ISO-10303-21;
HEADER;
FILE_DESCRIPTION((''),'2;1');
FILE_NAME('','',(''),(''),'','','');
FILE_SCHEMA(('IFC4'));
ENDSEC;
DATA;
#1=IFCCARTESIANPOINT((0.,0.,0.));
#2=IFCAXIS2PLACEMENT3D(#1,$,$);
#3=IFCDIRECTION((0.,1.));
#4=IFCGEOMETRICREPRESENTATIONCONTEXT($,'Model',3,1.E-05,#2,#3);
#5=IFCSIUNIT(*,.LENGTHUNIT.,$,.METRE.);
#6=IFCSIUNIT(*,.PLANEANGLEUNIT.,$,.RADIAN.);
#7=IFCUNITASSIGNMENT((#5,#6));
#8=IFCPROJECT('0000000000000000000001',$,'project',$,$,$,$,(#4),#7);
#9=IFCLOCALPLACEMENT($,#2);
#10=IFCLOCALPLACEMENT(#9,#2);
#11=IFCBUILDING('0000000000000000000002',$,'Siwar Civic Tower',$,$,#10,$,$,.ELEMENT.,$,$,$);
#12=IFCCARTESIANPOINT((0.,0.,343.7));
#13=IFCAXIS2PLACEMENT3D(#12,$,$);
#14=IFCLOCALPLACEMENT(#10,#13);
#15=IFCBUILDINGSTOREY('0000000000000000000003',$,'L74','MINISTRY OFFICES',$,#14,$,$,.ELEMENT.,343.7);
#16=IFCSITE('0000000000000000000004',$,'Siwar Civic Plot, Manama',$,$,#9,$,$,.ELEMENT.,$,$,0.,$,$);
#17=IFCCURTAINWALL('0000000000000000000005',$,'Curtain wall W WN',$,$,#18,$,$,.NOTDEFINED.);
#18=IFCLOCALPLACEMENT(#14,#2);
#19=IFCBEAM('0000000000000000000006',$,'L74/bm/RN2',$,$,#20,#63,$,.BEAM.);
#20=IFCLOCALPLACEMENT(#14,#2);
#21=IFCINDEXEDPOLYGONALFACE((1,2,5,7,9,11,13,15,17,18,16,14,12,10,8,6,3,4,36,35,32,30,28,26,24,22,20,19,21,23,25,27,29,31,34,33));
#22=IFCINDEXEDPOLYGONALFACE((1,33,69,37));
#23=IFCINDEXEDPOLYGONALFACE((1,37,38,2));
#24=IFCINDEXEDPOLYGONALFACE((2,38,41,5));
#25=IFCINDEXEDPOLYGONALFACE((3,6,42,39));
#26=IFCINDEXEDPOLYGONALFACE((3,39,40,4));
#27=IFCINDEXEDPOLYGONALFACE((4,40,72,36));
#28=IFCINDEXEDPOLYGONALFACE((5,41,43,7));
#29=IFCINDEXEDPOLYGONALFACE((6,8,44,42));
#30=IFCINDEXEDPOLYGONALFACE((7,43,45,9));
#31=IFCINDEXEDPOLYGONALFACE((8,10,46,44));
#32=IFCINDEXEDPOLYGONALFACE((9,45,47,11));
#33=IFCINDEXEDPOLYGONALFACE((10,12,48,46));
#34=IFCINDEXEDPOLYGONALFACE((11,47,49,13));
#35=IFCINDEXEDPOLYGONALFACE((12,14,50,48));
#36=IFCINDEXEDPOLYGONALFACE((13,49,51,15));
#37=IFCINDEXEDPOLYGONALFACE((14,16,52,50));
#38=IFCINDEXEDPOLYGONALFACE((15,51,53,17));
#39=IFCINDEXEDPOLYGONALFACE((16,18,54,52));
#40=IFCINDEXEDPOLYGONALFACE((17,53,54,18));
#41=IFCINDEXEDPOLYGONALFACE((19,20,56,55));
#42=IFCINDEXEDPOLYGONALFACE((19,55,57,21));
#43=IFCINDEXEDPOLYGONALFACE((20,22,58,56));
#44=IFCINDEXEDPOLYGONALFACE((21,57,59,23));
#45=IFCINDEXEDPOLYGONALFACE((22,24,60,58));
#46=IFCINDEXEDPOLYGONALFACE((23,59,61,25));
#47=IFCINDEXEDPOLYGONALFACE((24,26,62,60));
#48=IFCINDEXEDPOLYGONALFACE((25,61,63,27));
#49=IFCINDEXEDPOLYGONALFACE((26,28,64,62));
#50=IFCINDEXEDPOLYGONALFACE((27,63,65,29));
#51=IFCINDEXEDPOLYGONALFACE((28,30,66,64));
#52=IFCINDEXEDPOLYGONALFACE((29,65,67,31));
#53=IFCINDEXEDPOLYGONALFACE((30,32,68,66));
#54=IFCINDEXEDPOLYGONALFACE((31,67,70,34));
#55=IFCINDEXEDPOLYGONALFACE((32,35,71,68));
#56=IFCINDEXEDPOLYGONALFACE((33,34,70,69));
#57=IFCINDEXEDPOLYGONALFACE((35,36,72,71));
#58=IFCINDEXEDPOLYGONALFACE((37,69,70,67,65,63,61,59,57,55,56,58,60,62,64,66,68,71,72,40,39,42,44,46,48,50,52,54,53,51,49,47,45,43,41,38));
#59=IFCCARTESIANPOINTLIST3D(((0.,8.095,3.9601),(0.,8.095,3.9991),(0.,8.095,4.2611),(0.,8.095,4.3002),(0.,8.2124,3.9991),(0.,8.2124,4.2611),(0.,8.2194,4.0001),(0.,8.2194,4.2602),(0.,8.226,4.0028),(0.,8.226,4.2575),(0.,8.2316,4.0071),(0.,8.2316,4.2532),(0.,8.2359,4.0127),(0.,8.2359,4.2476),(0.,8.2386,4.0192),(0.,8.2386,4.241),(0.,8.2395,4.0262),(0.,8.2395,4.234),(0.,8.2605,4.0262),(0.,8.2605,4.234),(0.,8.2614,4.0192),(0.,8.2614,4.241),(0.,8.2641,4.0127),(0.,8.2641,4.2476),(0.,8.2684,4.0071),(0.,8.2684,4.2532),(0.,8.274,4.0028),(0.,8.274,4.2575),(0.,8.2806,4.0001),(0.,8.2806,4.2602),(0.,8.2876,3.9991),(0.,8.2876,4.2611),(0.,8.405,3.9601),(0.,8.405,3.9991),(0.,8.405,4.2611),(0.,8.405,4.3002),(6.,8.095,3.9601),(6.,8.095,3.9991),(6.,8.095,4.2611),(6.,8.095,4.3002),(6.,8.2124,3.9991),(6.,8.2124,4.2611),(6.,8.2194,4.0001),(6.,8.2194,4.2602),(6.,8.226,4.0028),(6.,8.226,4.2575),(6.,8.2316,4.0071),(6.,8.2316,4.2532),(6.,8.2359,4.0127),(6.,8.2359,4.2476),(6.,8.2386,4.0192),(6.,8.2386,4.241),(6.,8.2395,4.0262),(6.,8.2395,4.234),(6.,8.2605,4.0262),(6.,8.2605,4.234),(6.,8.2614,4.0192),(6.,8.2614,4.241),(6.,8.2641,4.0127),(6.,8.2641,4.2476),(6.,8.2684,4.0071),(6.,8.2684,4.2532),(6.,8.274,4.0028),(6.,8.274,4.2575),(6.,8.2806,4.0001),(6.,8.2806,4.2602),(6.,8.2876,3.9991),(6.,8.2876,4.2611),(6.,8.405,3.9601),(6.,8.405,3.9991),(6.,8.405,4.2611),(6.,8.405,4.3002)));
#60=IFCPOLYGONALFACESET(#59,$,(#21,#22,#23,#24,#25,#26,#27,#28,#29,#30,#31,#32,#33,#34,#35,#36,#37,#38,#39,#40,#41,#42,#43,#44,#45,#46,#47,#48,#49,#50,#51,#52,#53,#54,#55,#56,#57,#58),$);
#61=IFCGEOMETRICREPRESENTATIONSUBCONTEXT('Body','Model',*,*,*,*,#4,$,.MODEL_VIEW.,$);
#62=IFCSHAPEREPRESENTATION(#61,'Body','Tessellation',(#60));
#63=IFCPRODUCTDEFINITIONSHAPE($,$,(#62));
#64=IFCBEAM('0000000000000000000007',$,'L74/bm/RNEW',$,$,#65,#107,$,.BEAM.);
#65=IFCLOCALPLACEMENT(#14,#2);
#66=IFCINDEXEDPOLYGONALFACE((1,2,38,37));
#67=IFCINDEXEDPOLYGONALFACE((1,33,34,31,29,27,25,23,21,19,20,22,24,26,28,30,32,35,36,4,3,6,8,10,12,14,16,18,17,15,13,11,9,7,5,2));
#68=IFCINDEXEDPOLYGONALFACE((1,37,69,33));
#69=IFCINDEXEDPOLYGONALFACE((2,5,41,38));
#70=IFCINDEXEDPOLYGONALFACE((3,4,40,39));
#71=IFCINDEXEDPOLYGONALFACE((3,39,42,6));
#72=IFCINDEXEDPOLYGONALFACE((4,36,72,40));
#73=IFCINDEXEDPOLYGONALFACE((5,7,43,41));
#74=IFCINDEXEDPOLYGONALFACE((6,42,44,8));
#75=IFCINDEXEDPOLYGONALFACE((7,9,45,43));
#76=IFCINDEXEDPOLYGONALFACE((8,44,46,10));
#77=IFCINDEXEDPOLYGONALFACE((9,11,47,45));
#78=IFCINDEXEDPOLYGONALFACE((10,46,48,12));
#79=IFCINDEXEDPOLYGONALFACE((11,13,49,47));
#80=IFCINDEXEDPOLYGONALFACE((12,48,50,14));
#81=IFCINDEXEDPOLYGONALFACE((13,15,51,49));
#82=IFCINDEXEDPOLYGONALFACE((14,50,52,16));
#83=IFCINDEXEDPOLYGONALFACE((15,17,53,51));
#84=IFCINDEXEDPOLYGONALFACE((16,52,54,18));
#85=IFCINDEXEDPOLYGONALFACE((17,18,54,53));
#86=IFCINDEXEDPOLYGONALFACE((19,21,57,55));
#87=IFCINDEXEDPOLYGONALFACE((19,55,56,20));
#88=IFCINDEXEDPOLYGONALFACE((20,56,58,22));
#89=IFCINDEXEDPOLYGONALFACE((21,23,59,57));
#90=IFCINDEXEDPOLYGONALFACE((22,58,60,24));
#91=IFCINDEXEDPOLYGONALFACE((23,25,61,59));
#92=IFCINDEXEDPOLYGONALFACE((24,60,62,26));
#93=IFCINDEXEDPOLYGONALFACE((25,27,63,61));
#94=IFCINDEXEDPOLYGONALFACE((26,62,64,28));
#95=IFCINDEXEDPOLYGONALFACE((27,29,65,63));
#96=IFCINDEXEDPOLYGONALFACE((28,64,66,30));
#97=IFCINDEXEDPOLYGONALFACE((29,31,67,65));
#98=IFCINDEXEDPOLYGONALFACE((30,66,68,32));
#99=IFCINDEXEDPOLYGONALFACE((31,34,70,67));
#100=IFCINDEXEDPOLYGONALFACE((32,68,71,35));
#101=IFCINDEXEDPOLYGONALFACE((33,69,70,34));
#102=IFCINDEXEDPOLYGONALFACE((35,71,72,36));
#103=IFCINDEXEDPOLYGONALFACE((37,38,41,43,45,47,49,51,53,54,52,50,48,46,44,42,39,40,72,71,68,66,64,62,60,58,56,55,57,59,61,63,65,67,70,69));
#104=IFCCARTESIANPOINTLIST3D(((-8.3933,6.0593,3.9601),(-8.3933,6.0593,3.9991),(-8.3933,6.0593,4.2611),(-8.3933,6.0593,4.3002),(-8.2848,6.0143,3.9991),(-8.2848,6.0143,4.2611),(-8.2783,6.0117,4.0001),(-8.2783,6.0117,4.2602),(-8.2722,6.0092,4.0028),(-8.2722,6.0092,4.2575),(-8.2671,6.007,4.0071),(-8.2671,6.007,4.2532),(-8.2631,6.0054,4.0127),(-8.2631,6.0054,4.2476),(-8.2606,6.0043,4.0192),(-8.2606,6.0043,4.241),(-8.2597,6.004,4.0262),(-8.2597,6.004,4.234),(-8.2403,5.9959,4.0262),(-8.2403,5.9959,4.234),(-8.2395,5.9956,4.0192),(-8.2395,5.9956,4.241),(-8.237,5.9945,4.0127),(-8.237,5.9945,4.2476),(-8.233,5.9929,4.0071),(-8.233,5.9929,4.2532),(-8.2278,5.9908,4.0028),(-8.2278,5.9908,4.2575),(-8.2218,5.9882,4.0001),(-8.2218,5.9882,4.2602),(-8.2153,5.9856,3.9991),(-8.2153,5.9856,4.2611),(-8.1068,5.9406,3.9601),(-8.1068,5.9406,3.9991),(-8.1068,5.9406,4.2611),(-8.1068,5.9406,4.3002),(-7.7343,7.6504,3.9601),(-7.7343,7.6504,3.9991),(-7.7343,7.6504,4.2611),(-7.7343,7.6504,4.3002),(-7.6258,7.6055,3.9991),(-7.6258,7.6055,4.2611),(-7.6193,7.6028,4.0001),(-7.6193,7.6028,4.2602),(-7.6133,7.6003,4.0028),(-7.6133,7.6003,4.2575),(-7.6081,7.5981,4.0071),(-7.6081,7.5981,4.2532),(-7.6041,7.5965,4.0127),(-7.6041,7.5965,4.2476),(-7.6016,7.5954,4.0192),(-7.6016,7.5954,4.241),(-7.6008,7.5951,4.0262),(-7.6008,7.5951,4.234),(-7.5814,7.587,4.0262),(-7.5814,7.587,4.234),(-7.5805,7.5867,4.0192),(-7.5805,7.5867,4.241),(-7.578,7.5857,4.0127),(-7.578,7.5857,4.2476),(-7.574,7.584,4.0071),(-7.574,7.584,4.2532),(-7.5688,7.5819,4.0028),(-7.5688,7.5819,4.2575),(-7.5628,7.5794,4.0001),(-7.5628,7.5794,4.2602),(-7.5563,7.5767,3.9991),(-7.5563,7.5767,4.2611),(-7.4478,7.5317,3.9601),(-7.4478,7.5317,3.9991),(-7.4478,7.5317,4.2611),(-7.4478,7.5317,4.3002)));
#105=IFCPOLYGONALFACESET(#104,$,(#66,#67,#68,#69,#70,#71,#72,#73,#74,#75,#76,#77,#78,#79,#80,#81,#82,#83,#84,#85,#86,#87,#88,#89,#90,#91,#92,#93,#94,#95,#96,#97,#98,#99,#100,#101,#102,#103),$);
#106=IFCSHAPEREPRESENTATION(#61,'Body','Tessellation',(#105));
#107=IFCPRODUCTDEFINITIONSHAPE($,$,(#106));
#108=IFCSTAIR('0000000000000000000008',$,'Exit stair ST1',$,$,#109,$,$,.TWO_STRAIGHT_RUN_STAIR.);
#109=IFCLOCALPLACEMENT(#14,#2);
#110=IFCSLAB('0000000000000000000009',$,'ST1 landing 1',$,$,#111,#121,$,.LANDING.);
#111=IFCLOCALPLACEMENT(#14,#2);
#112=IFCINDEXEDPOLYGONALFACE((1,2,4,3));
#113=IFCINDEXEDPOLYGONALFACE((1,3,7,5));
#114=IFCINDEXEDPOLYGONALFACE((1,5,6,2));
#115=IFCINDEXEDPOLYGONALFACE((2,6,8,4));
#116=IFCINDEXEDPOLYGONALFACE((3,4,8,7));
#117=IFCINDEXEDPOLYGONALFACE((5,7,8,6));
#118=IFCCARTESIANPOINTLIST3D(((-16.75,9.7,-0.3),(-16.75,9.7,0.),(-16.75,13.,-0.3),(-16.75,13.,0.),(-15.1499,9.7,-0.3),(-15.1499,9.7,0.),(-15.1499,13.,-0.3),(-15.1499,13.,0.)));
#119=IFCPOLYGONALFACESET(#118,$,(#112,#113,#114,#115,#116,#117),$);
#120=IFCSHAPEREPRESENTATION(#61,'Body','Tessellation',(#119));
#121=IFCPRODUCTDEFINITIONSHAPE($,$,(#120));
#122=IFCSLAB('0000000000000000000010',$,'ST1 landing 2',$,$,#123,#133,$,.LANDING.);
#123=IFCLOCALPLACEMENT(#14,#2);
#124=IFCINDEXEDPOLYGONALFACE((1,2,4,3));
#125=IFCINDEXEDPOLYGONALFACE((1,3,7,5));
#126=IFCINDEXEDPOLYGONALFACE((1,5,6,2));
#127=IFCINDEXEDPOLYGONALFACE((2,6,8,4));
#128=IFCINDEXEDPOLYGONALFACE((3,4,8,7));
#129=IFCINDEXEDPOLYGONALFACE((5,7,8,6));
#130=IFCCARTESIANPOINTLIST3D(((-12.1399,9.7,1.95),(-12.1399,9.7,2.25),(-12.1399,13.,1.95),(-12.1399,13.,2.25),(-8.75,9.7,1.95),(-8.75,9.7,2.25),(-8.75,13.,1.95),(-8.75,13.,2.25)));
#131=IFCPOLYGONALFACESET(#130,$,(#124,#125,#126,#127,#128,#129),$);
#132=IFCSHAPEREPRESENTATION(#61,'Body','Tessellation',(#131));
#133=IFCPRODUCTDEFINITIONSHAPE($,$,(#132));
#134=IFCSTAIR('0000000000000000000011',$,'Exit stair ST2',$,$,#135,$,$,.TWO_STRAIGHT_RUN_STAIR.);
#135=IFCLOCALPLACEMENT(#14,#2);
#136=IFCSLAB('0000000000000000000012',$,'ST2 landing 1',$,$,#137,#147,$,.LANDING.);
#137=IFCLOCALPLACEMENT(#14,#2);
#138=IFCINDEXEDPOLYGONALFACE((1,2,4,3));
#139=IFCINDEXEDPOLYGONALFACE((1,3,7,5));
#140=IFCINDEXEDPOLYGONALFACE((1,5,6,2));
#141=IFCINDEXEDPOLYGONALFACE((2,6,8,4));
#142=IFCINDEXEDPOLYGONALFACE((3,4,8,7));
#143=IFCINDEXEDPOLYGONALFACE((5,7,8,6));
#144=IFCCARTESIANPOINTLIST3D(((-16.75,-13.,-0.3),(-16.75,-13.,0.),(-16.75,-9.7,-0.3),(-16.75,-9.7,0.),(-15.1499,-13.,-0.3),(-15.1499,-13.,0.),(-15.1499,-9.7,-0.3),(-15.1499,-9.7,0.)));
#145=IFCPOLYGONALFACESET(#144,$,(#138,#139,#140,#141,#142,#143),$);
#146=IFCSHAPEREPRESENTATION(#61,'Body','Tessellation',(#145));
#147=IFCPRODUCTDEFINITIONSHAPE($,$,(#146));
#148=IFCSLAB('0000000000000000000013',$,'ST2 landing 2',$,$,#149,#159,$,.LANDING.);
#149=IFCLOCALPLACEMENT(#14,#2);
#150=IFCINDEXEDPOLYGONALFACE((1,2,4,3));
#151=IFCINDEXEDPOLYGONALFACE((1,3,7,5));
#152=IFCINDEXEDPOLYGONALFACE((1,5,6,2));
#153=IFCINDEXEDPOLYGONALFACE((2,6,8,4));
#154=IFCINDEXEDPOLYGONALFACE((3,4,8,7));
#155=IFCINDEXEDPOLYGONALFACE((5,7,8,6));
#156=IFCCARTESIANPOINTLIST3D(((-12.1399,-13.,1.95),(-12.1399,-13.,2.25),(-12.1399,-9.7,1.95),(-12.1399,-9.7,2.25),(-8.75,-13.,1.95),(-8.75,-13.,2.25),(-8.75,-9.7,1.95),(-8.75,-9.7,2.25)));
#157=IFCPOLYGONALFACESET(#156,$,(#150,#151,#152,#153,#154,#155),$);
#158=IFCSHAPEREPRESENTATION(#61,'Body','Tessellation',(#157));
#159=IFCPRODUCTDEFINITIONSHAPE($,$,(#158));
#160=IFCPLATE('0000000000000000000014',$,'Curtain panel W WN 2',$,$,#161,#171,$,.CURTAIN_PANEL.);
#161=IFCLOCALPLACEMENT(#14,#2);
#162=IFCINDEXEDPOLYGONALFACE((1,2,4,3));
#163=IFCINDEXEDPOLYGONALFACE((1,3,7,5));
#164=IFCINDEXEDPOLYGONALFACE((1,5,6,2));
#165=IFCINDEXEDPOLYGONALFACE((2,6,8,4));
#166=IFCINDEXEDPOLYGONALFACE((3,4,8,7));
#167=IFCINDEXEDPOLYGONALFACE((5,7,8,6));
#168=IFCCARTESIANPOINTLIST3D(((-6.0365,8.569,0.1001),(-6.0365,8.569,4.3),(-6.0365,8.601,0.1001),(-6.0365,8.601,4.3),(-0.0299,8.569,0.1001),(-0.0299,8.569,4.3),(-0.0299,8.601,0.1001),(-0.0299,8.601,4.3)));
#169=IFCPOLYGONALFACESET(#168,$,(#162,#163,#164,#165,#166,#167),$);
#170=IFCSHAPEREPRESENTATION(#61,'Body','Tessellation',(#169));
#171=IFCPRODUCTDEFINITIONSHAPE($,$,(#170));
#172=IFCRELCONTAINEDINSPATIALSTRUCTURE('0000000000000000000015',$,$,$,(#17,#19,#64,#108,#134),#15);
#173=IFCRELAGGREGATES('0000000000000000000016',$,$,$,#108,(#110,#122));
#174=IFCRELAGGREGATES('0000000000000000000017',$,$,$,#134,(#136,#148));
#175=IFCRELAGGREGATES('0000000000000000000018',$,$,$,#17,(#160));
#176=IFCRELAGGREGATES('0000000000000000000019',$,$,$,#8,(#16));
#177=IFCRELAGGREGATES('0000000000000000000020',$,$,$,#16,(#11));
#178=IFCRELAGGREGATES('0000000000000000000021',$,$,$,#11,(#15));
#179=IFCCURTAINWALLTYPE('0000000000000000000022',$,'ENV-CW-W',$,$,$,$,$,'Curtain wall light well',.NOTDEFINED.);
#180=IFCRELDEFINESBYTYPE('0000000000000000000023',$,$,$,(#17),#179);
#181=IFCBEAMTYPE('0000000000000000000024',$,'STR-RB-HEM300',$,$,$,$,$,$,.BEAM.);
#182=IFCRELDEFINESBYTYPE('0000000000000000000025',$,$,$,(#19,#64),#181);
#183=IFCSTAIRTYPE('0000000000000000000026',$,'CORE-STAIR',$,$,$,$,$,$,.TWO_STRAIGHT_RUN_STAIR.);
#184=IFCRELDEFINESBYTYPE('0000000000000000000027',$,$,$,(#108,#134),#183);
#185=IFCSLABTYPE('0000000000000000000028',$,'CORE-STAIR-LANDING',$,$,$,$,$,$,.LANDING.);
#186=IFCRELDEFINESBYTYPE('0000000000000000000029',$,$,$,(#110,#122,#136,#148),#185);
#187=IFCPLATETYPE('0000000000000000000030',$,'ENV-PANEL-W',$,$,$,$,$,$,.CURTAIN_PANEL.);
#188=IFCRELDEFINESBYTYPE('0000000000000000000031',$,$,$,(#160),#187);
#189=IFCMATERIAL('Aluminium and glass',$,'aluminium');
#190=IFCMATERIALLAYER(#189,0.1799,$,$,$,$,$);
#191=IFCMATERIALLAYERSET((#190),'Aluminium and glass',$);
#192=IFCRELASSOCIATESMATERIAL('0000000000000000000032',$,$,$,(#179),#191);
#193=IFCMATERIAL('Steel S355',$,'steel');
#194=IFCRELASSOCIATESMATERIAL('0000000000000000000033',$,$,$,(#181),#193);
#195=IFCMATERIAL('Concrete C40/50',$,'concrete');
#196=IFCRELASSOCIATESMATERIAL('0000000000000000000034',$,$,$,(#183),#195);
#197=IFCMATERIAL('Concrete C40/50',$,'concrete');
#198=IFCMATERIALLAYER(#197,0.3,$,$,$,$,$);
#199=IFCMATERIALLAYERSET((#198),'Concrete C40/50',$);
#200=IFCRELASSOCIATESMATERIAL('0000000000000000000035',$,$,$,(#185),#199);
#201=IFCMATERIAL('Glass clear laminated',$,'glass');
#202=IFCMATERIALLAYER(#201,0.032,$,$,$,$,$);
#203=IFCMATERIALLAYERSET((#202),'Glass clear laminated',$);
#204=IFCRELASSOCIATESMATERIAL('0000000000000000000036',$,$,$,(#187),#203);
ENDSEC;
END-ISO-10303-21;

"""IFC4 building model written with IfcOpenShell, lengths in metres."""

from ifc_helpers import new_model, si_unit, direction, frame, origin, origin_2d, place, context, subcontext, project, spatial, polyline, rectangle, i_section, outline, extrude, material, layer, layer_set, material_profile, profile_set, type_object, element, aggregate, save


model = new_model("IFC4")

# Units and contexts
model_context = context("Model", 3, precision=1e-05, world=origin(), true_north=direction((0.0, 1.0)))
body_context = subcontext(model_context, "Body", "Model", "MODEL_VIEW")
ifc_project = project(units=[si_unit("LENGTHUNIT", "METRE"), si_unit("PLANEANGLEUNIT", "RADIAN")], contexts=[model_context])

# Site, building, storey
site_placement = place(None, origin())
site = spatial("IfcSite", under=ifc_project, at=site_placement, Name="Siwar Civic Plot, Manama", CompositionType="ELEMENT", RefElevation=0.0)
building_placement = place(site_placement, origin())
building = spatial("IfcBuilding", under=site, at=building_placement, Name="Siwar Civic Tower", CompositionType="ELEMENT")
storey_placement = place(building_placement, frame((0.0, 0.0, 343.7)))
storey = spatial("IfcBuildingStorey", under=building, at=storey_placement, Name="L74", Description="MINISTRY OFFICES", CompositionType="ELEMENT", Elevation=343.7)

# Curtain wall
ifc_material_1 = material(Name="Aluminium and glass", Category="aluminium")
ifc_layer_1 = layer(ifc_material_1, 0.1799)
ifc_layer_set_1 = layer_set([ifc_layer_1], Name="Aluminium and glass")
curtain_wall_type = type_object("IfcCurtainWallType", Name="ENV-CW-W", ElementType="Curtain wall light well", PredefinedType="NOTDEFINED", material=ifc_layer_set_1)
curtain_wall_placement = place(storey_placement, origin())
curtain_wall = element("IfcCurtainWall", 1, at=curtain_wall_placement, inside=storey, type_object=curtain_wall_type, Name="Curtain wall W WN", PredefinedType="NOTDEFINED")

# Beams
ifc_material_2 = material(Name="Steel S355", Category="steel")
ifc_material_profile_1 = material_profile(ifc_material_2, i_section(OverallWidth=0.3101, OverallDepth=0.3401, WebThickness=0.021, FlangeThickness=0.0391, FilletRadius=0.0271, at=origin_2d()), Name="HEM300")
ifc_profile_set_1 = profile_set([ifc_material_profile_1], Name="Steel S355")
beam_type_1 = type_object("IfcBeamType", Name="STR-RB-HEM300", PredefinedType="BEAM", material=ifc_profile_set_1)
for number, where, z_axis, x_axis, name in (
    (2, (0.0, 8.25, 4.1301), (1.0, 0.0, 0.0), (0.0, 1.0, 0.0), "L74/bm/RN2"),
):
    element("IfcBeam", number, at=place(storey_placement, frame(where, z_axis=z_axis, x_axis=x_axis)), inside=storey, type_object=beam_type_1, Name=name, PredefinedType="BEAM", context=body_context, shape_type="SweptSolid", body=[
        extrude(i_section(OverallWidth=0.3101, OverallDepth=0.3401, WebThickness=0.021, FlangeThickness=0.0391, FilletRadius=0.0271, at=origin_2d()), origin(), (0.0, 0.0, 1.0), 6.0),
    ])
beam_1_placement = place(storey_placement, frame((-7.5911, 7.5911, 4.1301), z_axis=(-0.382631, -0.923901, 0.0), x_axis=(0.923901, -0.382631, 0.0)))
element("IfcBeam", 3, at=beam_1_placement, inside=storey, type_object=beam_type_1, Name="L74/bm/RNEW", PredefinedType="BEAM", context=body_context, shape_type="SweptSolid", body=[
    extrude(i_section(OverallWidth=0.3101, OverallDepth=0.3401, WebThickness=0.021, FlangeThickness=0.0391, FilletRadius=0.0271, at=origin_2d()), origin(), (0.0, 0.0, 1.0), 1.7222),
])

# Stairs, slabs
ifc_material_3 = material(Name="Concrete C40/50", Category="concrete")
stair_type = type_object("IfcStairType", Name="CORE-STAIR", PredefinedType="TWO_STRAIGHT_RUN_STAIR", material=ifc_material_3)
stair_1_placement = place(storey_placement, origin())
stair_1 = element("IfcStair", 4, at=stair_1_placement, inside=storey, type_object=stair_type, Name="Exit stair ST1", PredefinedType="TWO_STRAIGHT_RUN_STAIR")
ifc_material_4 = material(Name="Concrete C40/50", Category="concrete")
ifc_layer_2 = layer(ifc_material_4, 0.3)
ifc_layer_set_2 = layer_set([ifc_layer_2], Name="Concrete C40/50")
slab_type_1 = type_object("IfcSlabType", Name="CORE-STAIR-LANDING", PredefinedType="LANDING", material=ifc_layer_set_2)
slab_1_placement = place(storey_placement, frame((0.0, 0.0, -0.3)))
slab_1 = element("IfcSlab", 5, at=slab_1_placement, type_object=slab_type_1, Name="ST1 landing 1", PredefinedType="LANDING", context=body_context, shape_type="SweptSolid", body=[
    extrude(outline(polyline([(-15.1499, 13.0), (-16.75, 13.0), (-16.75, 9.7), (-15.1499, 9.7), (-15.1499, 13.0)])), origin(), (0.0, 0.0, 1.0), 0.3),
])
slab_2_placement = place(storey_placement, frame((0.0, 0.0, 1.95)))
slab_2 = element("IfcSlab", 6, at=slab_2_placement, type_object=slab_type_1, Name="ST1 landing 2", PredefinedType="LANDING", context=body_context, shape_type="SweptSolid", body=[
    extrude(outline(polyline([(-8.75, 13.0), (-12.1399, 13.0), (-12.1399, 9.7), (-8.75, 9.7), (-8.75, 13.0)])), origin(), (0.0, 0.0, 1.0), 0.3),
])
aggregate(stair_1, [slab_1, slab_2])
stair_2_placement = place(storey_placement, origin())
stair_2 = element("IfcStair", 7, at=stair_2_placement, inside=storey, type_object=stair_type, Name="Exit stair ST2", PredefinedType="TWO_STRAIGHT_RUN_STAIR")
slab_3_placement = place(storey_placement, frame((0.0, 0.0, -0.3)))
slab_3 = element("IfcSlab", 8, at=slab_3_placement, type_object=slab_type_1, Name="ST2 landing 1", PredefinedType="LANDING", context=body_context, shape_type="SweptSolid", body=[
    extrude(outline(polyline([(-15.1499, -9.7), (-16.75, -9.7), (-16.75, -13.0), (-15.1499, -13.0), (-15.1499, -9.7)])), origin(), (0.0, 0.0, 1.0), 0.3),
])
slab_4_placement = place(storey_placement, frame((0.0, 0.0, 1.95)))
slab_4 = element("IfcSlab", 9, at=slab_4_placement, type_object=slab_type_1, Name="ST2 landing 2", PredefinedType="LANDING", context=body_context, shape_type="SweptSolid", body=[
    extrude(outline(polyline([(-8.75, -9.7), (-12.1399, -9.7), (-12.1399, -13.0), (-8.75, -13.0), (-8.75, -9.7)])), origin(), (0.0, 0.0, 1.0), 0.3),
])
aggregate(stair_2, [slab_3, slab_4])

# Plate
ifc_material_5 = material(Name="Glass clear laminated", Category="glass")
ifc_layer_3 = layer(ifc_material_5, 0.032)
ifc_layer_set_3 = layer_set([ifc_layer_3], Name="Glass clear laminated")
plate_type = type_object("IfcPlateType", Name="ENV-PANEL-W", PredefinedType="CURTAIN_PANEL", material=ifc_layer_set_3)
plate_placement = place(storey_placement, frame((-3.0332, 8.585, 0.1001), z_axis=(0.0, 0.0, 1.0), x_axis=(-1.0, 0.0, 0.0)))
plate = element("IfcPlate", 10, at=plate_placement, type_object=plate_type, Name="Curtain panel W WN 2", PredefinedType="CURTAIN_PANEL", context=body_context, shape_type="SweptSolid", body=[
    extrude(rectangle(XDim=6.0066, YDim=0.032, at=origin_2d()), origin(), (0.0, 0.0, 1.0), 4.2),
])
aggregate(curtain_wall, [plate])

save(model, "model.ifc")
